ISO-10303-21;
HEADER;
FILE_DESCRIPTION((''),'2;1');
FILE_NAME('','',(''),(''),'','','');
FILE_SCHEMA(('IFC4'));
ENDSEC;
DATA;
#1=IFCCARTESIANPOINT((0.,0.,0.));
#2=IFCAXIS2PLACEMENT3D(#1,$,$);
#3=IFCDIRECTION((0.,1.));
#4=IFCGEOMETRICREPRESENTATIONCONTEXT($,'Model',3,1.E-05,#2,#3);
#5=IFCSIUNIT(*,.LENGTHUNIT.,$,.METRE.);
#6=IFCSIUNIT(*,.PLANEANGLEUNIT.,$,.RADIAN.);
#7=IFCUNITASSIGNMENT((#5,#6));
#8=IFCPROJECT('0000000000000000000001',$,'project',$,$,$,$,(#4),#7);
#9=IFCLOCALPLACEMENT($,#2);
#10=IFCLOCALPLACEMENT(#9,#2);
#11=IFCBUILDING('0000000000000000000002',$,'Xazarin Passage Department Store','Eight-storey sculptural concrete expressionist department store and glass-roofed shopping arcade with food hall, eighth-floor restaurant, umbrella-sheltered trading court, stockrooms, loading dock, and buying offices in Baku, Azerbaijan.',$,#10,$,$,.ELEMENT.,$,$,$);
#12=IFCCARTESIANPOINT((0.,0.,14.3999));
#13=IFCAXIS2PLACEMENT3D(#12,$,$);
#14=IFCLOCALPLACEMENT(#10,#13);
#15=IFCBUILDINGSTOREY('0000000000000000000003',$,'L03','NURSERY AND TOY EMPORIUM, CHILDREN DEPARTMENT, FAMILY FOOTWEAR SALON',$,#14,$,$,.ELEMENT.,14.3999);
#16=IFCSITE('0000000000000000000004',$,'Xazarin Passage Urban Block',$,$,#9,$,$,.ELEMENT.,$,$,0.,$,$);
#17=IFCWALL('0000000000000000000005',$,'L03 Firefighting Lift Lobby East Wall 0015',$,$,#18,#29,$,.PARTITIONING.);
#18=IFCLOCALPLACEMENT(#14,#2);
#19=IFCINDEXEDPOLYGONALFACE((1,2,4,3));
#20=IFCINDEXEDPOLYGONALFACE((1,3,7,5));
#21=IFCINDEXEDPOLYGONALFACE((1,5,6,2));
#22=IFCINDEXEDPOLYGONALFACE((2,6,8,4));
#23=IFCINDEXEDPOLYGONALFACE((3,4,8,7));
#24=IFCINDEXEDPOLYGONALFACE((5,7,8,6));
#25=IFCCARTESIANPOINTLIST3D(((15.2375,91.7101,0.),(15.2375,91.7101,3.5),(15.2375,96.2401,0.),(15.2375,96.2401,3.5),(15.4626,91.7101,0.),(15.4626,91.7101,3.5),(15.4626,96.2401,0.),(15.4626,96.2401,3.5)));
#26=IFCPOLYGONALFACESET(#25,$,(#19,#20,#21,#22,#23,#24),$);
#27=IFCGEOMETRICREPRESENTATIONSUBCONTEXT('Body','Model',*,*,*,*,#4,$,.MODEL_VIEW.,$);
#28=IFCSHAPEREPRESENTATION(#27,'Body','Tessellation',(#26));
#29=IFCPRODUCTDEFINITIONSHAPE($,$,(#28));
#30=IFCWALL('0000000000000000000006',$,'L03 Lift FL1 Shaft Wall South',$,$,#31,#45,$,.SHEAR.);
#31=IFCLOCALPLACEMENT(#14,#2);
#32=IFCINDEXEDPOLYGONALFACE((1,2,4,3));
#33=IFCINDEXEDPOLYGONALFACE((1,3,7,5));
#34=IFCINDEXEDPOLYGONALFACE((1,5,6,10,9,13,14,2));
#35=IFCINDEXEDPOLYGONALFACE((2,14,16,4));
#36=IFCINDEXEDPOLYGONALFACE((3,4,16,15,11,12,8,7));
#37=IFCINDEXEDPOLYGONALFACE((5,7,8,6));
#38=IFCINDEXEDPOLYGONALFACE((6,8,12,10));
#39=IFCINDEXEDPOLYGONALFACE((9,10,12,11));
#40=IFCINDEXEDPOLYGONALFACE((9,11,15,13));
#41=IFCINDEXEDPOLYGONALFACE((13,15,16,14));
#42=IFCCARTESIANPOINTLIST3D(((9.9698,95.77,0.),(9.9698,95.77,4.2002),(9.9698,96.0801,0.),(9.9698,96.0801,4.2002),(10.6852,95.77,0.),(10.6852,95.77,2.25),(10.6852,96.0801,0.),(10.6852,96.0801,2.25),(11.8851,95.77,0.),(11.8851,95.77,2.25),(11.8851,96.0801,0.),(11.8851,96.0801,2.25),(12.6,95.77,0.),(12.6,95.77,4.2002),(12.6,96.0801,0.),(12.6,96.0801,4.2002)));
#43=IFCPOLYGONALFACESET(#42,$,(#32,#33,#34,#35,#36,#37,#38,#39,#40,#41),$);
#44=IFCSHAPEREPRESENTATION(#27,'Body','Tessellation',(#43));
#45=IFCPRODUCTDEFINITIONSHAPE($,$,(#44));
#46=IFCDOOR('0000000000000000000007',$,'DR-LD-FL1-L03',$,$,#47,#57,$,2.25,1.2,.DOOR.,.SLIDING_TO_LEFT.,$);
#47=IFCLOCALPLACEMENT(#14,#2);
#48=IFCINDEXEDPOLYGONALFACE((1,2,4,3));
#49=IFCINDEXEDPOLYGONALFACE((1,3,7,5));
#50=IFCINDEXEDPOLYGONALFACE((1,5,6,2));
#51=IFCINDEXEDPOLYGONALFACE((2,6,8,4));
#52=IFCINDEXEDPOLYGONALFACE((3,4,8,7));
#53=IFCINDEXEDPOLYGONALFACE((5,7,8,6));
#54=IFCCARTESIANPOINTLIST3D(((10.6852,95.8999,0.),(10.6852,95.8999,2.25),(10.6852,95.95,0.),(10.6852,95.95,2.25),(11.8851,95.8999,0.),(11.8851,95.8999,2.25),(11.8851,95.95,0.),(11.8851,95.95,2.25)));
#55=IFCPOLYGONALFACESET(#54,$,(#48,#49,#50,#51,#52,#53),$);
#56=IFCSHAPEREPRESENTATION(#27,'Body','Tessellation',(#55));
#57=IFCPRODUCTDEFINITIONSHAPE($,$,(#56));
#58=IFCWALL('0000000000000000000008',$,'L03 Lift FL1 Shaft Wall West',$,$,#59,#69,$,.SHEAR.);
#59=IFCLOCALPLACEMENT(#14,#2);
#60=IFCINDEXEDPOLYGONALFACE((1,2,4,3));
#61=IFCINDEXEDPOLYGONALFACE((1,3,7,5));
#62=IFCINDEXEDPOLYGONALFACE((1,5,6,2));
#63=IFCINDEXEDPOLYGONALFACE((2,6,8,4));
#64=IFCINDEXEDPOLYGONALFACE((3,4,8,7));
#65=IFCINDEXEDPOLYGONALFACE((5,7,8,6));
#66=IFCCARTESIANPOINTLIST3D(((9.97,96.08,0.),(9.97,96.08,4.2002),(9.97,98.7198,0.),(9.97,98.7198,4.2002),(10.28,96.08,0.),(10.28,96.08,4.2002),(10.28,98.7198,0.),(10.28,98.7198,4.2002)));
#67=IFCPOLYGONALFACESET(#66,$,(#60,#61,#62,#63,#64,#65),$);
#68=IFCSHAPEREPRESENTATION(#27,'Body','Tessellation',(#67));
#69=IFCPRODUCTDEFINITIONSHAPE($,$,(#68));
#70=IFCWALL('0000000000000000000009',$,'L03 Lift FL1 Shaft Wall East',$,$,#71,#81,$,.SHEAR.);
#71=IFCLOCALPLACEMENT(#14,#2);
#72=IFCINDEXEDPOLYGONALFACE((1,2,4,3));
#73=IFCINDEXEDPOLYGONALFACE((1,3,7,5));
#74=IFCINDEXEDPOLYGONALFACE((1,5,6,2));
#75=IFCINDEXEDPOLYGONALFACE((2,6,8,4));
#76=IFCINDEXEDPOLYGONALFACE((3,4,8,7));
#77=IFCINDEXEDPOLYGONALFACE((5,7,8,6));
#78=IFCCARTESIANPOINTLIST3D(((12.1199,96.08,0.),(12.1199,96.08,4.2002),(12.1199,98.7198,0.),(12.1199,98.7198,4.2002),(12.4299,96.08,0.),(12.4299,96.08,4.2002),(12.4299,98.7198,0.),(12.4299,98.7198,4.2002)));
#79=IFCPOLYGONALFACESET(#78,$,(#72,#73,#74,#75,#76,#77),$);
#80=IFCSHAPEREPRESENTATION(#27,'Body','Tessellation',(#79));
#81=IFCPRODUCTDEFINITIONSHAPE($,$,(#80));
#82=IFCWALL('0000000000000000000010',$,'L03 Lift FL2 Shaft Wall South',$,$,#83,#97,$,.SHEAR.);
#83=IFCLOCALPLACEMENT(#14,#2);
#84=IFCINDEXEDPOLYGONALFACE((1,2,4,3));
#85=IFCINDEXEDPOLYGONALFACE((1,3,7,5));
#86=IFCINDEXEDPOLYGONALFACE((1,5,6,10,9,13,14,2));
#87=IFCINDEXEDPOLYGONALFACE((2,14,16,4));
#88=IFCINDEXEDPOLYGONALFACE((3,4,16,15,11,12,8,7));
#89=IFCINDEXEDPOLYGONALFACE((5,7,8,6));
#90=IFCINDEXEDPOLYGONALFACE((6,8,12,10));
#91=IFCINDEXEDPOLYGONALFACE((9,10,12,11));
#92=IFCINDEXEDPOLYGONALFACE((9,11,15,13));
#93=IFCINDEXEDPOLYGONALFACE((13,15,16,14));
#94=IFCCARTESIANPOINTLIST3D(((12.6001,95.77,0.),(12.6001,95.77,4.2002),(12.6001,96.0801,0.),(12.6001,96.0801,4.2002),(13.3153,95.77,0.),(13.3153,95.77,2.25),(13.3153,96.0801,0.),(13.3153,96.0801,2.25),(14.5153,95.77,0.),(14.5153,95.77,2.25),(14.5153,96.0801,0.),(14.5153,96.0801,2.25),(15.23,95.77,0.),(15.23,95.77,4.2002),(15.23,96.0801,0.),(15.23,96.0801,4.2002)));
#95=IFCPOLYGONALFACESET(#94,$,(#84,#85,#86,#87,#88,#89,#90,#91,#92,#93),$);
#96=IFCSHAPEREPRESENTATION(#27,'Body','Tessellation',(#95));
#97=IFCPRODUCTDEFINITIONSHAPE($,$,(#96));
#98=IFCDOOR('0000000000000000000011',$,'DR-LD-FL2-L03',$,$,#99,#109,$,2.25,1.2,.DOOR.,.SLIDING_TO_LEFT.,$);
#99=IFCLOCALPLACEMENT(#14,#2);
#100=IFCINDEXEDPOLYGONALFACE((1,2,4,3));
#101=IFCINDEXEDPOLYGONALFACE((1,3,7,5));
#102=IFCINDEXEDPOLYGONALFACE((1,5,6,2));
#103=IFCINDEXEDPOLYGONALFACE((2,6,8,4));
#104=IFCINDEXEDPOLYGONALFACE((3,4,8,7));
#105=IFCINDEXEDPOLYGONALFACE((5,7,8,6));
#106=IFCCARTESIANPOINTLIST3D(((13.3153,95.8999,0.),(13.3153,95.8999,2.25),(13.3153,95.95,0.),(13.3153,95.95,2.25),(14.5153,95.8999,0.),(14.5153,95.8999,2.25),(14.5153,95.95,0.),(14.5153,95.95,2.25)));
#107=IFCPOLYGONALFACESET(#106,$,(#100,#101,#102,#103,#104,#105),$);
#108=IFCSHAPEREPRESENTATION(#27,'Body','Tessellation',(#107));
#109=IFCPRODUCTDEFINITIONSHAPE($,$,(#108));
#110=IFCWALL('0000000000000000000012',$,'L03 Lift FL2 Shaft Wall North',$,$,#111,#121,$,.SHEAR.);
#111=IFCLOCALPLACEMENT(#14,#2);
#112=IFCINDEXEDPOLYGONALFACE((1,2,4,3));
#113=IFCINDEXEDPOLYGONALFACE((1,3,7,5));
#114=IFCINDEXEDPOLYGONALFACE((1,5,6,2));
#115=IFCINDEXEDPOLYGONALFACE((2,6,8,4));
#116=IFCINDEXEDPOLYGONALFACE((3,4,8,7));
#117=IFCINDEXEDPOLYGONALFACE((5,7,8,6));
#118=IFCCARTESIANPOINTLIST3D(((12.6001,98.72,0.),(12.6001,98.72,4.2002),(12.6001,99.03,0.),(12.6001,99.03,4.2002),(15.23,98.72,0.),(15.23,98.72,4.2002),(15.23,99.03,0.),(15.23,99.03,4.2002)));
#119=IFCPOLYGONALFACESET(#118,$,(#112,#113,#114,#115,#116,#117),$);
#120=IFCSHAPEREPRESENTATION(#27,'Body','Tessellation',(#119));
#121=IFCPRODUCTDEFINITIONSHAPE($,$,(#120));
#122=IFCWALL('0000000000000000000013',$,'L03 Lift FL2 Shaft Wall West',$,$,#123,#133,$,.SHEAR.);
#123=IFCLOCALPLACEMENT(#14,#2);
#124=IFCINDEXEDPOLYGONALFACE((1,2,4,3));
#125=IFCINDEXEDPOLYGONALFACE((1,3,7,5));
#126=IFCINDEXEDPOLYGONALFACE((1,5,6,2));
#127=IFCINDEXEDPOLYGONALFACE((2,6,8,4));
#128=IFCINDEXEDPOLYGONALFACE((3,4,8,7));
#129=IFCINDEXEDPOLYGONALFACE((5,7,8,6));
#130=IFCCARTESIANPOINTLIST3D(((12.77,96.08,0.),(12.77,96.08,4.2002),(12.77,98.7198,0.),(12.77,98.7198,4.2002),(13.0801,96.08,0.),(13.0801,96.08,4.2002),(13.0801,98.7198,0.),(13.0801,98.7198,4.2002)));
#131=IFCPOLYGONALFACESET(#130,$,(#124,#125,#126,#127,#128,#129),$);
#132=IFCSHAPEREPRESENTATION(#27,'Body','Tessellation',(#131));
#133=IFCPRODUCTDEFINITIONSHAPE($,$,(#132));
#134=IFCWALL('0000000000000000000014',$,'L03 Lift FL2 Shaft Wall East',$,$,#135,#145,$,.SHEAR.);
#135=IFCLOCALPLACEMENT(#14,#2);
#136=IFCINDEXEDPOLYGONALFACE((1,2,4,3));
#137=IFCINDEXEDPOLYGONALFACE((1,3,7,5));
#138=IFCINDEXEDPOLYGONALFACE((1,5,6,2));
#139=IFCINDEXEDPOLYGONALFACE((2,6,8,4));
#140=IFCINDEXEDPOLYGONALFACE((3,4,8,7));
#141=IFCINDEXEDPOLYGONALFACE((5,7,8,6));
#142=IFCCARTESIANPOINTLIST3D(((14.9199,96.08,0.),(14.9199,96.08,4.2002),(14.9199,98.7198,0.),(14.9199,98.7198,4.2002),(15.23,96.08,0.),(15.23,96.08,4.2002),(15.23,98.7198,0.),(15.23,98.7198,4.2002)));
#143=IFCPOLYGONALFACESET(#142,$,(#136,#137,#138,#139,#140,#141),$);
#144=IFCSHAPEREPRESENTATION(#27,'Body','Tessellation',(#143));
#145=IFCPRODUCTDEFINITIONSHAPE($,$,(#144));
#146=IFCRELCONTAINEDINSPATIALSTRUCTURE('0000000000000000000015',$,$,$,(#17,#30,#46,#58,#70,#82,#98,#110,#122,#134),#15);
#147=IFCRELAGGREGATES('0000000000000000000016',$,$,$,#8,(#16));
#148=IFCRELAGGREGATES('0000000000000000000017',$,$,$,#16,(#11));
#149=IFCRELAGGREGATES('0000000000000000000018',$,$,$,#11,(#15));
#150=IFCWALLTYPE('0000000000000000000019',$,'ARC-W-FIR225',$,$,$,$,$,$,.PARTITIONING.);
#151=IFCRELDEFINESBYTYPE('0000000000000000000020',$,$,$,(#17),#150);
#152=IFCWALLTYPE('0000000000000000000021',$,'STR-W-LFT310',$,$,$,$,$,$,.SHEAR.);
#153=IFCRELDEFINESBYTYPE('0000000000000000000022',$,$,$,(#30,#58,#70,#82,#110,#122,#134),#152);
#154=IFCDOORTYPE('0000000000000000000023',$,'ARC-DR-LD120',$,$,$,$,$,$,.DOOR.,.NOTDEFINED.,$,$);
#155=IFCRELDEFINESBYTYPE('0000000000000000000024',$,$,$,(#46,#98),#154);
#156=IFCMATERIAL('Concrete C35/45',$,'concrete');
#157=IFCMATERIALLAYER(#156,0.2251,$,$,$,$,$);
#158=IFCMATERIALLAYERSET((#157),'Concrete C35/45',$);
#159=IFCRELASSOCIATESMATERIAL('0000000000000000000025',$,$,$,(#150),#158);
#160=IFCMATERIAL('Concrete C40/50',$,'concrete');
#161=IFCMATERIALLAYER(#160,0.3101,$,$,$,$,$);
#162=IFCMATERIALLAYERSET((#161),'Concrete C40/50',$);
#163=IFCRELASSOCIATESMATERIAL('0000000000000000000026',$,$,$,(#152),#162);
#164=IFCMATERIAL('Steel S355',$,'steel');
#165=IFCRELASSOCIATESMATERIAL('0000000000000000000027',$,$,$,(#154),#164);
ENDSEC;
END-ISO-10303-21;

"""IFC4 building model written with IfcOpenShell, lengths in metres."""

from ifc_helpers import new_model, si_unit, direction, frame, frame_2d, origin, place, context, subcontext, project, spatial, rectangle, extrude, material, layer, layer_set, type_object, element, fill, save


model = new_model("IFC4")

# Units and contexts
model_context = context("Model", 3, precision=1e-05, world=origin(), true_north=direction((0.0, 1.0)))
body_context = subcontext(model_context, "Body", "Model", "MODEL_VIEW")
ifc_project = project(units=[si_unit("LENGTHUNIT", "METRE"), si_unit("PLANEANGLEUNIT", "RADIAN")], contexts=[model_context])

# Site, building, storey
site_placement = place(None, origin())
site = spatial("IfcSite", under=ifc_project, at=site_placement, Name="Xazarin Passage Urban Block", CompositionType="ELEMENT", RefElevation=0.0)
building_placement = place(site_placement, origin())
building = spatial("IfcBuilding", under=site, at=building_placement, Name="Xazarin Passage Department Store", Description="Eight-storey sculptural concrete expressionist department store and glass-roofed shopping arcade with food hall, eighth-floor restaurant, umbrella-sheltered trading court, stockrooms, loading dock, and buying offices in Baku, Azerbaijan.", CompositionType="ELEMENT")
storey_placement = place(building_placement, frame((0.0, 0.0, 14.3999)))
storey = spatial("IfcBuildingStorey", under=building, at=storey_placement, Name="L03", Description="NURSERY AND TOY EMPORIUM, CHILDREN DEPARTMENT, FAMILY FOOTWEAR SALON", CompositionType="ELEMENT", Elevation=14.3999)

# Shared definitions
ifc_material_1 = material(Name="Concrete C40/50", Category="concrete")

# Shared definitions
ifc_material_2 = material(Name="Concrete C35/45", Category="concrete")

# Wall
ifc_layer_1 = layer(ifc_material_2, 0.2251)
ifc_layer_set_1 = layer_set([ifc_layer_1], Name="Concrete C35/45")
wall_type_1 = type_object("IfcWallType", Name="ARC-W-FIR225", PredefinedType="PARTITIONING", material=ifc_layer_set_1)
for number, where, z_axis, x_axis, name in (
    (1, (15.3501, 91.71, 0.0), (0.0, 0.0, 1.0), (0.0, 1.0, 0.0), "L03 Firefighting Lift Lobby East Wall 0015"),
):
    element("IfcWall", number, at=place(storey_placement, frame(where, z_axis=z_axis, x_axis=x_axis)), inside=storey, type_object=wall_type_1, Name=name, PredefinedType="PARTITIONING", context=body_context, shape_type="SweptSolid", body=[
        extrude(rectangle(XDim=4.53, YDim=0.2251, at=frame_2d((2.2651, 0.0))), origin(), (0.0, 0.0, 1.0), 3.5),
    ])

# Wall, opening, door
ifc_layer_2 = layer(ifc_material_1, 0.3101)
ifc_layer_set_2 = layer_set([ifc_layer_2], Name="Concrete C40/50")
wall_type_2 = type_object("IfcWallType", Name="STR-W-LFT310", PredefinedType="SHEAR", material=ifc_layer_set_2)
wall_1_placement = place(storey_placement, frame((9.97, 95.925, 0.0), z_axis=(0.0, 0.0, 1.0), x_axis=(1.0, 0.0, 0.0)))
wall_1 = element("IfcWall", 2, at=wall_1_placement, inside=storey, type_object=wall_type_2, Name="L03 Lift FL1 Shaft Wall South", PredefinedType="SHEAR", context=body_context, shape_type="SweptSolid", body=[
    extrude(rectangle(XDim=2.6301, YDim=0.3101, at=frame_2d((1.3149, 0.0))), origin(), (0.0, 0.0, 1.0), 4.2002),
])
opening_1_placement = place(wall_1_placement, frame((0.7151, 0.0, 0.0)))
opening_1 = element("IfcOpeningElement", 3, at=opening_1_placement, cuts=wall_1, PredefinedType="OPENING", context=body_context, shape_type="SweptSolid", body=[
    extrude(rectangle(XDim=1.2, YDim=2.25, at=frame_2d((0.6001, 1.125))), frame((0.0, 0.165, 0.0), z_axis=(0.0, -1.0, 0.0), x_axis=(1.0, 0.0, 0.0)), (0.0, 0.0, 1.0), 0.3301),
])
ifc_material_3 = material(Name="Steel S355", Category="steel")
door_type = type_object("IfcDoorType", Name="ARC-DR-LD120", OperationType="NOTDEFINED", PredefinedType="DOOR", material=ifc_material_3)
door_1_placement = place(opening_1_placement, origin())
door_1 = element("IfcDoor", 4, at=door_1_placement, inside=storey, type_object=door_type, Name="DR-LD-FL1-L03", OperationType="SLIDING_TO_LEFT", OverallHeight=2.25, OverallWidth=1.2, PredefinedType="DOOR", context=body_context, shape_type="SweptSolid", body=[
    extrude(rectangle(XDim=1.2, YDim=2.25, at=frame_2d((0.6001, 1.125))), frame((0.0, 0.0249, 0.0), z_axis=(0.0, -1.0, 0.0), x_axis=(1.0, 0.0, 0.0)), (0.0, 0.0, 1.0), 0.05),
])
fill(opening_1, door_1)

# Walls
for number, where, z_axis, x_axis, name in (
    (5, (10.125, 96.0801, 0.0), (0.0, 0.0, 1.0), (0.0, 1.0, 0.0), "L03 Lift FL1 Shaft Wall West"),
    (6, (12.2749, 96.0801, 0.0), (0.0, 0.0, 1.0), (0.0, 1.0, 0.0), "L03 Lift FL1 Shaft Wall East"),
):
    element("IfcWall", number, at=place(storey_placement, frame(where, z_axis=z_axis, x_axis=x_axis)), inside=storey, type_object=wall_type_2, Name=name, PredefinedType="SHEAR", context=body_context, shape_type="SweptSolid", body=[
        extrude(rectangle(XDim=2.6399, YDim=0.3101, at=frame_2d((1.3198, 0.0))), origin(), (0.0, 0.0, 1.0), 4.2002),
    ])

# Wall, opening, door
wall_2_placement = place(storey_placement, frame((12.6001, 95.925, 0.0), z_axis=(0.0, 0.0, 1.0), x_axis=(1.0, 0.0, 0.0)))
wall_2 = element("IfcWall", 7, at=wall_2_placement, inside=storey, type_object=wall_type_2, Name="L03 Lift FL2 Shaft Wall South", PredefinedType="SHEAR", context=body_context, shape_type="SweptSolid", body=[
    extrude(rectangle(XDim=2.6299, YDim=0.3101, at=frame_2d((1.3149, 0.0))), origin(), (0.0, 0.0, 1.0), 4.2002),
])
opening_2_placement = place(wall_2_placement, frame((0.7151, 0.0, 0.0)))
opening_2 = element("IfcOpeningElement", 8, at=opening_2_placement, cuts=wall_2, PredefinedType="OPENING", context=body_context, shape_type="SweptSolid", body=[
    extrude(rectangle(XDim=1.2, YDim=2.25, at=frame_2d((0.6001, 1.125))), frame((0.0, 0.165, 0.0), z_axis=(0.0, -1.0, 0.0), x_axis=(1.0, 0.0, 0.0)), (0.0, 0.0, 1.0), 0.3301),
])
door_2_placement = place(opening_2_placement, origin())
door_2 = element("IfcDoor", 9, at=door_2_placement, inside=storey, type_object=door_type, Name="DR-LD-FL2-L03", OperationType="SLIDING_TO_LEFT", OverallHeight=2.25, OverallWidth=1.2, PredefinedType="DOOR", context=body_context, shape_type="SweptSolid", body=[
    extrude(rectangle(XDim=1.2, YDim=2.25, at=frame_2d((0.6001, 1.125))), frame((0.0, 0.0249, 0.0), z_axis=(0.0, -1.0, 0.0), x_axis=(1.0, 0.0, 0.0)), (0.0, 0.0, 1.0), 0.05),
])
fill(opening_2, door_2)

# Walls
wall_3_placement = place(storey_placement, frame((12.6001, 98.875, 0.0), z_axis=(0.0, 0.0, 1.0), x_axis=(1.0, 0.0, 0.0)))
element("IfcWall", 10, at=wall_3_placement, inside=storey, type_object=wall_type_2, Name="L03 Lift FL2 Shaft Wall North", PredefinedType="SHEAR", context=body_context, shape_type="SweptSolid", body=[
    extrude(rectangle(XDim=2.6299, YDim=0.3101, at=frame_2d((1.3149, 0.0))), origin(), (0.0, 0.0, 1.0), 4.2002),
])
for number, where, z_axis, x_axis, name in (
    (11, (12.925, 96.0801, 0.0), (0.0, 0.0, 1.0), (0.0, 1.0, 0.0), "L03 Lift FL2 Shaft Wall West"),
    (12, (15.075, 96.0801, 0.0), (0.0, 0.0, 1.0), (0.0, 1.0, 0.0), "L03 Lift FL2 Shaft Wall East"),
):
    element("IfcWall", number, at=place(storey_placement, frame(where, z_axis=z_axis, x_axis=x_axis)), inside=storey, type_object=wall_type_2, Name=name, PredefinedType="SHEAR", context=body_context, shape_type="SweptSolid", body=[
        extrude(rectangle(XDim=2.6399, YDim=0.3101, at=frame_2d((1.3198, 0.0))), origin(), (0.0, 0.0, 1.0), 4.2002),
    ])

save(model, "model.ifc")
